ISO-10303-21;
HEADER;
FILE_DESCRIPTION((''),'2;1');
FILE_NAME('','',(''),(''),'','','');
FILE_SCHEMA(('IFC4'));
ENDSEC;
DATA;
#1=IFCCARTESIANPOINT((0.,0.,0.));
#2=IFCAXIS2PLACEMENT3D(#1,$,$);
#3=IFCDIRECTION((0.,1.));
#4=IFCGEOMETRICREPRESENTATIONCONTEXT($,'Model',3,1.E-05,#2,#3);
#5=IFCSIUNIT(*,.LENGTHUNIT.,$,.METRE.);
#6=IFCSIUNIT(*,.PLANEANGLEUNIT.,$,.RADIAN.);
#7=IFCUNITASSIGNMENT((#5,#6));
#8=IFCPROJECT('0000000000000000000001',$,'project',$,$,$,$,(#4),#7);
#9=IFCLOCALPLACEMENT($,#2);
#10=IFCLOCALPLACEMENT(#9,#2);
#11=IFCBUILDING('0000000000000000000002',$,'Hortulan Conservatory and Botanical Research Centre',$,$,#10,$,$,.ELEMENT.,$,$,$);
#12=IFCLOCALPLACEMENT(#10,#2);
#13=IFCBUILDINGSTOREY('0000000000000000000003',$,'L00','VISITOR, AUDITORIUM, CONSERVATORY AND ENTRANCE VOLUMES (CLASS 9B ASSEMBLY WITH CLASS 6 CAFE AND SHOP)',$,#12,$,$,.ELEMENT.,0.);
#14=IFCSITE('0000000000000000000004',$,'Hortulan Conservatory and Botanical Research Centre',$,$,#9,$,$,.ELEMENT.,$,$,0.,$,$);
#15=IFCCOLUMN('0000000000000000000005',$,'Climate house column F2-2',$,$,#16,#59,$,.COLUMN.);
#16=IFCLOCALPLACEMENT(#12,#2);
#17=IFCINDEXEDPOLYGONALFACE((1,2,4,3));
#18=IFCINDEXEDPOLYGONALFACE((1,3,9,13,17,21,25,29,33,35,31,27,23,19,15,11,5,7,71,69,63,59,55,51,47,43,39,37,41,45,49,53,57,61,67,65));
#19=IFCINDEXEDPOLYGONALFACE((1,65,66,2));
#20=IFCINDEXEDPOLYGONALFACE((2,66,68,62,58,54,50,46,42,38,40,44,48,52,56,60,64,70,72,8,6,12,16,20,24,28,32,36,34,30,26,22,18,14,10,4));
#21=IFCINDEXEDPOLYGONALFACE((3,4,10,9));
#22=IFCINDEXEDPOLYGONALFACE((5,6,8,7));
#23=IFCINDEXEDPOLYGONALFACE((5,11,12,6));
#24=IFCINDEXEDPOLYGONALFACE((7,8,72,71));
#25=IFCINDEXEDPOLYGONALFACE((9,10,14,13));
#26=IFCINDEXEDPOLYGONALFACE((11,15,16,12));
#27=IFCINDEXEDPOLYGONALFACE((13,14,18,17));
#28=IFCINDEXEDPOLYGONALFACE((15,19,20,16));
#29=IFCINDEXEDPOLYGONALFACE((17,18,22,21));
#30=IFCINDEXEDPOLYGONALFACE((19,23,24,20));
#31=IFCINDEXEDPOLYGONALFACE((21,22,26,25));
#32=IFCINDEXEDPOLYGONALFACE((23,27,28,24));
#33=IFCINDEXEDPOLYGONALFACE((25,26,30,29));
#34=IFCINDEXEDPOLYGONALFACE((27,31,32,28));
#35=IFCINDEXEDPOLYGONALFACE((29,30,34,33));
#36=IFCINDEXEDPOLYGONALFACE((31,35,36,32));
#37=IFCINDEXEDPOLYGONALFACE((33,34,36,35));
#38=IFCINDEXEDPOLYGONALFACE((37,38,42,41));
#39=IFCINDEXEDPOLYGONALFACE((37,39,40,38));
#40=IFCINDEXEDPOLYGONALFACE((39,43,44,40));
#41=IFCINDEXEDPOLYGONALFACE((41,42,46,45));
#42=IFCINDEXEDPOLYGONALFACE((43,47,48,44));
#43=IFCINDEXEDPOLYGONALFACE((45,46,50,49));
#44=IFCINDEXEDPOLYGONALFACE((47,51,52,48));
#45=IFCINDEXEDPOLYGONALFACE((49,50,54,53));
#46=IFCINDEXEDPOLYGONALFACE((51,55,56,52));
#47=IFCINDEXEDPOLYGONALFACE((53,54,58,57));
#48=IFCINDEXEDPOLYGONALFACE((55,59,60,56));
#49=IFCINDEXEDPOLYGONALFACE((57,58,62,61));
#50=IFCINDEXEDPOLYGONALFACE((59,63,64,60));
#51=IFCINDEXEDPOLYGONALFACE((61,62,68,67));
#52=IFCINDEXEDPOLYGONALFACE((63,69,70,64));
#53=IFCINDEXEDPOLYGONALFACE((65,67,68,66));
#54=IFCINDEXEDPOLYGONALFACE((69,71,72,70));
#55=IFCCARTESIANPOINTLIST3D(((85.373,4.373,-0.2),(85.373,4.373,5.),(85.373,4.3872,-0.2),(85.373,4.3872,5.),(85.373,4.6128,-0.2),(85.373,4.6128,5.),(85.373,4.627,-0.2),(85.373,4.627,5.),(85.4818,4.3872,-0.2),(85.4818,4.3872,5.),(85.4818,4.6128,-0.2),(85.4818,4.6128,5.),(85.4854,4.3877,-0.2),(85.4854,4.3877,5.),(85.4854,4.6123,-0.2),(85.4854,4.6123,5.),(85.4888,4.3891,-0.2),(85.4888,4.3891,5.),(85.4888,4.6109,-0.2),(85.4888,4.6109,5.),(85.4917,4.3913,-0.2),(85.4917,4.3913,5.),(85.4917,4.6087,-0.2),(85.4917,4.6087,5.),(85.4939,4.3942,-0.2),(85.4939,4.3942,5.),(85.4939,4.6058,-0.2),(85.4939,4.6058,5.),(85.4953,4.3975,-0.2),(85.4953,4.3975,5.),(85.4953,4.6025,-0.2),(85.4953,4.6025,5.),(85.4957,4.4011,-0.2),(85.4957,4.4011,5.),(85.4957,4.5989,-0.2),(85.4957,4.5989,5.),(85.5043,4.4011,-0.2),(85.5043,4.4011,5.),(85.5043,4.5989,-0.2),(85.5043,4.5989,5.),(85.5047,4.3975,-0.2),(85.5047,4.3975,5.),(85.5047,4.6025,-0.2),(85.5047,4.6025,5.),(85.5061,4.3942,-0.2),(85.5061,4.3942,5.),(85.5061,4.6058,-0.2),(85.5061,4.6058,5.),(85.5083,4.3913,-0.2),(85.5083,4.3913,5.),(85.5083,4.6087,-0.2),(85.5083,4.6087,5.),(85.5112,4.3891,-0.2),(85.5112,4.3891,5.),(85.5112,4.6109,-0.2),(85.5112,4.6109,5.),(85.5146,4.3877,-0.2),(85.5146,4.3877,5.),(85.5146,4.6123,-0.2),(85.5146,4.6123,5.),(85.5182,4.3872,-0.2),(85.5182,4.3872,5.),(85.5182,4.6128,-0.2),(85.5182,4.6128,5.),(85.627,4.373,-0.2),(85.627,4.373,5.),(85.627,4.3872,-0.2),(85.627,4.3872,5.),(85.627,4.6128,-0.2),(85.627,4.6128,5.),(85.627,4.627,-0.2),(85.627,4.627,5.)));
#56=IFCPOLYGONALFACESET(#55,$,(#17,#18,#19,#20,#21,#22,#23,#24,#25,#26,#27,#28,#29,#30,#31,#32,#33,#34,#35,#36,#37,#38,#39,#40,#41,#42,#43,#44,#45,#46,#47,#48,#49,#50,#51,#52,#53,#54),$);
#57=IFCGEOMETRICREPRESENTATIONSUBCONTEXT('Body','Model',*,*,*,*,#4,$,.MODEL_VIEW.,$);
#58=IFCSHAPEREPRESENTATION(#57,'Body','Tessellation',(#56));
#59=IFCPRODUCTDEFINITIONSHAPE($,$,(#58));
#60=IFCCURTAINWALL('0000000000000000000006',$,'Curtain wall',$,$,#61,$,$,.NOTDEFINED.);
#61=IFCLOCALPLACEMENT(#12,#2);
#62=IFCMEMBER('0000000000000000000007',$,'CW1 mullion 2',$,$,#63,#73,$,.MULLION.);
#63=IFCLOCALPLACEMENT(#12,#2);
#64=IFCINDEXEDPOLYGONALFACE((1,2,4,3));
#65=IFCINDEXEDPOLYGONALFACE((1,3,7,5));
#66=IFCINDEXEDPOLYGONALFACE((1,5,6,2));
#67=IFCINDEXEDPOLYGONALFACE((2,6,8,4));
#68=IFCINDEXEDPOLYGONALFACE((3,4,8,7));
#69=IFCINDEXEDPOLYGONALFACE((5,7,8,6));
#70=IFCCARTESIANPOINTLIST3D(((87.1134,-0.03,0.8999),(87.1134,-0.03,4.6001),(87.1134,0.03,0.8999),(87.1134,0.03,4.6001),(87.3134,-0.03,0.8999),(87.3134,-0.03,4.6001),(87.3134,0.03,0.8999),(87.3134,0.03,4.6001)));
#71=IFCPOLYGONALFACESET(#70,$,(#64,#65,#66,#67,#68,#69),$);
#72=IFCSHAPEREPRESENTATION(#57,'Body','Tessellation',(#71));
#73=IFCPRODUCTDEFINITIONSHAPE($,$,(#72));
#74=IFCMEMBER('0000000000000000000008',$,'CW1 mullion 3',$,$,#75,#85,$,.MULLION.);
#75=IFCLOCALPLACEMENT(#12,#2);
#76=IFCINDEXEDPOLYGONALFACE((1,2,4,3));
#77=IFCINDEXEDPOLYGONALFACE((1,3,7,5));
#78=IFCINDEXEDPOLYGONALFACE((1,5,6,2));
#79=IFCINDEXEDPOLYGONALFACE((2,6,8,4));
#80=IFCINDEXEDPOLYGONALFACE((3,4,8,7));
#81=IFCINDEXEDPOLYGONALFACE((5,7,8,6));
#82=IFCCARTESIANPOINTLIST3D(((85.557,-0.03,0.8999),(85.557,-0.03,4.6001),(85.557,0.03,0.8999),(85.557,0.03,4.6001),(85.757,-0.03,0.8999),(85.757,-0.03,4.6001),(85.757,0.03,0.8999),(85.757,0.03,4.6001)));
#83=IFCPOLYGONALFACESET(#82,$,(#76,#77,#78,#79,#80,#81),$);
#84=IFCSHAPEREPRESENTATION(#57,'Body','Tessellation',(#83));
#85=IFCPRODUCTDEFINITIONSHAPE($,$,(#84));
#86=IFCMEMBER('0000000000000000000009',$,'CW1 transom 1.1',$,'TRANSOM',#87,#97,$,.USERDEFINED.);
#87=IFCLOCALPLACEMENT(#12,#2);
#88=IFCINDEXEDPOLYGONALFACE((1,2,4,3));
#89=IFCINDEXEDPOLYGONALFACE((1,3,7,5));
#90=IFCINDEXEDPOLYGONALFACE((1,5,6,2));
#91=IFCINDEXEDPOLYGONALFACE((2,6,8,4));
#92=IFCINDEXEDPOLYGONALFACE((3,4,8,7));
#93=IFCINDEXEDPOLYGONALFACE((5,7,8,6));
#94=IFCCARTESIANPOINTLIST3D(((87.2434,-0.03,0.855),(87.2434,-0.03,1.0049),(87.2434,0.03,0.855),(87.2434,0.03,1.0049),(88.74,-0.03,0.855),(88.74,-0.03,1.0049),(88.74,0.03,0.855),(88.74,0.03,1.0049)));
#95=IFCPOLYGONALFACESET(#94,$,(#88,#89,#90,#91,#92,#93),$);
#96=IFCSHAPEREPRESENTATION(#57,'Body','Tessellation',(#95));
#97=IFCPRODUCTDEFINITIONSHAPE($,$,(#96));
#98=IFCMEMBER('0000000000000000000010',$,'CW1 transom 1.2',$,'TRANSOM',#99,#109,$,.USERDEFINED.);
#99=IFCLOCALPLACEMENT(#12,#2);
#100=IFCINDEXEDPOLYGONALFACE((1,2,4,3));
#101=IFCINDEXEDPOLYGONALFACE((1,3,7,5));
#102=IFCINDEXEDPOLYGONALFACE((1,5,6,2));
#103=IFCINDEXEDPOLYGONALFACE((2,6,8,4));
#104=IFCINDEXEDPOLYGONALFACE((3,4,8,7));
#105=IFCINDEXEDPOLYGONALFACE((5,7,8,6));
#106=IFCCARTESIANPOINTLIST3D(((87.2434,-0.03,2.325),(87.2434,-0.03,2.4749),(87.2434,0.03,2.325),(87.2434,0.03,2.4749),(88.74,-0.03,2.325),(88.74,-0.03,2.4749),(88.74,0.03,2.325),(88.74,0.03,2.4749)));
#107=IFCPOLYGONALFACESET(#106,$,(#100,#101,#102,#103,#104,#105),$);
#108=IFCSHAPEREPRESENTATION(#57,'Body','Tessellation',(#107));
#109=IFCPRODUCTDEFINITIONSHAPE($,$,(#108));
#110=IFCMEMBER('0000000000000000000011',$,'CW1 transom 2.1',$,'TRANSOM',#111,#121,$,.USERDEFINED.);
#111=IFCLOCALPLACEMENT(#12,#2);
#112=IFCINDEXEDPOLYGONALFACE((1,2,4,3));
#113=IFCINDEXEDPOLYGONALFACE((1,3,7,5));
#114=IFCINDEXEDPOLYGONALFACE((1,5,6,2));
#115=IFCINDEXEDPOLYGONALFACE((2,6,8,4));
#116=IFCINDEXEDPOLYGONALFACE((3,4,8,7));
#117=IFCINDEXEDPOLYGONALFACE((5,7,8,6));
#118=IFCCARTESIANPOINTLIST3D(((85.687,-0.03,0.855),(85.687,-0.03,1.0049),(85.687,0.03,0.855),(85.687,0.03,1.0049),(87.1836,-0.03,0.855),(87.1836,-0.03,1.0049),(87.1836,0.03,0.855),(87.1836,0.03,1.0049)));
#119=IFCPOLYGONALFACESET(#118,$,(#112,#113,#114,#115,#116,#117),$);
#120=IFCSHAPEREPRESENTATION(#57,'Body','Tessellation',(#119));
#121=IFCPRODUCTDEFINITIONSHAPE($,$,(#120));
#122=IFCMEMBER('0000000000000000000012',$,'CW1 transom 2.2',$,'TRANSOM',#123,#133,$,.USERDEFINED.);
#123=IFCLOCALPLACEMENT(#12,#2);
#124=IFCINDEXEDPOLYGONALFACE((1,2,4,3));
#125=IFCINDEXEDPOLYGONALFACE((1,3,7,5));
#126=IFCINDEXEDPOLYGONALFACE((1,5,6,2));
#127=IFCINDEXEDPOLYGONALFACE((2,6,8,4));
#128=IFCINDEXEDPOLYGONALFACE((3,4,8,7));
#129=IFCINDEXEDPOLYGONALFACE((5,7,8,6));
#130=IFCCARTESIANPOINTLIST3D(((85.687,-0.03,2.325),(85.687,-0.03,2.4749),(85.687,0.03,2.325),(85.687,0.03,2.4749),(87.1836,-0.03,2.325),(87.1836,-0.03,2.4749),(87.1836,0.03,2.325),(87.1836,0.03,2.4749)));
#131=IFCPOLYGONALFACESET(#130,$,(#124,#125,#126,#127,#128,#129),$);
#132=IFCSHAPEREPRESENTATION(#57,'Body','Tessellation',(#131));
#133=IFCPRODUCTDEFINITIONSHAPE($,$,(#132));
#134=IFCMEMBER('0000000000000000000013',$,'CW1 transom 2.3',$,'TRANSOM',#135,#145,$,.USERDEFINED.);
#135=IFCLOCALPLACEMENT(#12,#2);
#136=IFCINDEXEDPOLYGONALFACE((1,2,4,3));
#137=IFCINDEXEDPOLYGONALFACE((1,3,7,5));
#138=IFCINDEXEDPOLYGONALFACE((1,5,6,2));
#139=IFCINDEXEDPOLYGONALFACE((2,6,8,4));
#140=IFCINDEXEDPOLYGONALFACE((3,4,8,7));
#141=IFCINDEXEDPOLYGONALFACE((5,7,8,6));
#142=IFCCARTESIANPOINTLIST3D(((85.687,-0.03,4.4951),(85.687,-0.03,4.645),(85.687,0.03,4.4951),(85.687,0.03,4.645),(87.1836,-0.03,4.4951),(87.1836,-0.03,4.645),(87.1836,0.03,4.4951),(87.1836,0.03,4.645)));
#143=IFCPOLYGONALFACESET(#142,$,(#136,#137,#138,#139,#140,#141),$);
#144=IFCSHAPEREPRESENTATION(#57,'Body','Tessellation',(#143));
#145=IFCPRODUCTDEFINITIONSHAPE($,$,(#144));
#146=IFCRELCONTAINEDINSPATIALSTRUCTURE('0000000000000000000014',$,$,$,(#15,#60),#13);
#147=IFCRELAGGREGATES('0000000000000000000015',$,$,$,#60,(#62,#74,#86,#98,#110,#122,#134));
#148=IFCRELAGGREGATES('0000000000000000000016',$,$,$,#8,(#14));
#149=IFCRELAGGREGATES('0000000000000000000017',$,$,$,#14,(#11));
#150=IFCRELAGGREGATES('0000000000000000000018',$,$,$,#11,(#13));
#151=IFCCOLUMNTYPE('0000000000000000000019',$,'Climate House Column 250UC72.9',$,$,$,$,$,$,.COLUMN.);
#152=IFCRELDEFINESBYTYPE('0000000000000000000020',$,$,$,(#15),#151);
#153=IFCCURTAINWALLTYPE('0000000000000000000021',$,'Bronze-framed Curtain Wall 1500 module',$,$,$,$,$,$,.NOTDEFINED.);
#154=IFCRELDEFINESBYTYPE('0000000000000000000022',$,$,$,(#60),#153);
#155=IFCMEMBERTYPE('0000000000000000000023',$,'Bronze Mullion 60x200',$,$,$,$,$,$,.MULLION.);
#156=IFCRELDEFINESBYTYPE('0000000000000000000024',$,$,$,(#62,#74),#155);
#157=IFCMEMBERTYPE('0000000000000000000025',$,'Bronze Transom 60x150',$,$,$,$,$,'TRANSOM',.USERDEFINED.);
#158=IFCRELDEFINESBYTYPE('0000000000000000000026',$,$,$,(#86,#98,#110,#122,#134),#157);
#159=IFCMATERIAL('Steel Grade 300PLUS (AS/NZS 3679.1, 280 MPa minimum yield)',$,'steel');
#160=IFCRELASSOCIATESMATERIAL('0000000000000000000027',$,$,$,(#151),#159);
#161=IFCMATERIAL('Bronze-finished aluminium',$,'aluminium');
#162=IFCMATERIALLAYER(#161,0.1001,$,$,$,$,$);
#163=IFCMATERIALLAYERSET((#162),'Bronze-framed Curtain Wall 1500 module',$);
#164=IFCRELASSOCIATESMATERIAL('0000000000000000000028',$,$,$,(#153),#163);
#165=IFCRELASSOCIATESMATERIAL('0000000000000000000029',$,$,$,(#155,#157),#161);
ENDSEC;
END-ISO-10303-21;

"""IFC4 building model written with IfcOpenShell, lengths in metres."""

from ifc_helpers import new_model, si_unit, direction, frame, origin, origin_2d, place, context, subcontext, project, spatial, rectangle, i_section, extrude, material, layer, layer_set, material_profile, profile_set, type_object, element, aggregate, save


model = new_model("IFC4")

# Units and contexts
model_context = context("Model", 3, precision=1e-05, world=origin(), true_north=direction((0.0, 1.0)))
body_context = subcontext(model_context, "Body", "Model", "MODEL_VIEW")
ifc_project = project(units=[si_unit("LENGTHUNIT", "METRE"), si_unit("PLANEANGLEUNIT", "RADIAN")], contexts=[model_context])

# Site, building, storey
site_placement = place(None, origin())
site = spatial("IfcSite", under=ifc_project, at=site_placement, Name="Hortulan Conservatory and Botanical Research Centre", CompositionType="ELEMENT", RefElevation=0.0)
building_placement = place(site_placement, origin())
building = spatial("IfcBuilding", under=site, at=building_placement, Name="Hortulan Conservatory and Botanical Research Centre", CompositionType="ELEMENT")
storey_placement = place(building_placement, origin())
storey = spatial("IfcBuildingStorey", under=building, at=storey_placement, Name="L00", Description="VISITOR, AUDITORIUM, CONSERVATORY AND ENTRANCE VOLUMES (CLASS 9B ASSEMBLY WITH CLASS 6 CAFE AND SHOP)", CompositionType="ELEMENT", Elevation=0.0)

# Column
ifc_material_1 = material(Name="Steel Grade 300PLUS (AS/NZS 3679.1, 280 MPa minimum yield)", Category="steel")
ifc_material_profile_1 = material_profile(ifc_material_1, i_section(OverallWidth=0.2539, OverallDepth=0.2539, WebThickness=0.0085, FlangeThickness=0.0142, FilletRadius=0.0139, at=origin_2d()), Name="250UC72.9")
ifc_profile_set_1 = profile_set([ifc_material_profile_1], Name="Steel Grade 300PLUS (AS/NZS 3679.1, 280 MPa minimum yield)")
column_type = type_object("IfcColumnType", Name="Climate House Column 250UC72.9", PredefinedType="COLUMN", material=ifc_profile_set_1)
column_placement = place(storey_placement, frame((85.5, 4.5, -0.2), z_axis=(0.0, 0.0, 1.0), x_axis=(1.0, 0.0, 0.0)))
element("IfcColumn", 1, at=column_placement, inside=storey, type_object=column_type, Name="Climate house column F2-2", PredefinedType="COLUMN", context=body_context, shape_type="SweptSolid", body=[
    extrude(i_section(OverallWidth=0.2539, OverallDepth=0.2539, WebThickness=0.0085, FlangeThickness=0.0142, FilletRadius=0.0139, at=origin_2d()), origin(), (0.0, 0.0, 1.0), 5.2),
])

# Curtain wall, members
ifc_material_2 = material(Name="Bronze-finished aluminium", Category="aluminium")
ifc_layer_1 = layer(ifc_material_2, 0.1001)
ifc_layer_set_1 = layer_set([ifc_layer_1], Name="Bronze-framed Curtain Wall 1500 module")
curtain_wall_type = type_object("IfcCurtainWallType", Name="Bronze-framed Curtain Wall 1500 module", PredefinedType="NOTDEFINED", material=ifc_layer_set_1)
curtain_wall_placement = place(storey_placement, origin())
curtain_wall = element("IfcCurtainWall", 2, at=curtain_wall_placement, inside=storey, type_object=curtain_wall_type, Name="Curtain wall", PredefinedType="NOTDEFINED")
ifc_material_profile_2 = material_profile(ifc_material_2, rectangle(XDim=0.0601, YDim=0.2, at=origin_2d()), Name="Bronze Mullion 60x200")
ifc_profile_set_2 = profile_set([ifc_material_profile_2], Name="Bronze-finished aluminium")
member_type_1 = type_object("IfcMemberType", Name="Bronze Mullion 60x200", PredefinedType="MULLION", material=ifc_profile_set_2)
member_1_placement = place(storey_placement, frame((87.2134, 0.0, 0.8999), z_axis=(0.0, 0.0, 1.0), x_axis=(0.0, -1.0, 0.0)))
member_1 = element("IfcMember", 3, at=member_1_placement, type_object=member_type_1, Name="CW1 mullion 2", PredefinedType="MULLION", context=body_context, shape_type="SweptSolid", body=[
    extrude(rectangle(XDim=0.0601, YDim=0.2, at=origin_2d()), origin(), (0.0, 0.0, 1.0), 3.7002),
])
member_2_placement = place(storey_placement, frame((85.657, 0.0, 0.8999), z_axis=(0.0, 0.0, 1.0), x_axis=(0.0, -1.0, 0.0)))
member_2 = element("IfcMember", 4, at=member_2_placement, type_object=member_type_1, Name="CW1 mullion 3", PredefinedType="MULLION", context=body_context, shape_type="SweptSolid", body=[
    extrude(rectangle(XDim=0.0601, YDim=0.2, at=origin_2d()), origin(), (0.0, 0.0, 1.0), 3.7002),
])
ifc_material_profile_3 = material_profile(ifc_material_2, rectangle(XDim=0.0601, YDim=0.1499, at=origin_2d()), Name="Bronze Transom 60x150")
ifc_profile_set_3 = profile_set([ifc_material_profile_3], Name="Bronze-finished aluminium")
member_type_2 = type_object("IfcMemberType", Name="Bronze Transom 60x150", ElementType="TRANSOM", PredefinedType="USERDEFINED", material=ifc_profile_set_3)
member_3_placement = place(storey_placement, frame((88.74, 0.0, 0.9299), z_axis=(-1.0, 0.0, 0.0), x_axis=(0.0, -1.0, 0.0)))
member_3 = element("IfcMember", 5, at=member_3_placement, type_object=member_type_2, Name="CW1 transom 1.1", ObjectType="TRANSOM", PredefinedType="USERDEFINED", context=body_context, shape_type="SweptSolid", body=[
    extrude(rectangle(XDim=0.0601, YDim=0.1499, at=origin_2d()), origin(), (0.0, 0.0, 1.0), 1.4966),
])
member_4_placement = place(storey_placement, frame((88.74, 0.0, 2.3999), z_axis=(-1.0, 0.0, 0.0), x_axis=(0.0, -1.0, 0.0)))
member_4 = element("IfcMember", 6, at=member_4_placement, type_object=member_type_2, Name="CW1 transom 1.2", ObjectType="TRANSOM", PredefinedType="USERDEFINED", context=body_context, shape_type="SweptSolid", body=[
    extrude(rectangle(XDim=0.0601, YDim=0.1499, at=origin_2d()), origin(), (0.0, 0.0, 1.0), 1.4966),
])
member_5_placement = place(storey_placement, frame((87.1836, 0.0, 0.9299), z_axis=(-1.0, 0.0, 0.0), x_axis=(0.0, -1.0, 0.0)))
member_5 = element("IfcMember", 7, at=member_5_placement, type_object=member_type_2, Name="CW1 transom 2.1", ObjectType="TRANSOM", PredefinedType="USERDEFINED", context=body_context, shape_type="SweptSolid", body=[
    extrude(rectangle(XDim=0.0601, YDim=0.1499, at=origin_2d()), origin(), (0.0, 0.0, 1.0), 1.4966),
])
member_6_placement = place(storey_placement, frame((87.1836, 0.0, 2.3999), z_axis=(-1.0, 0.0, 0.0), x_axis=(0.0, -1.0, 0.0)))
member_6 = element("IfcMember", 8, at=member_6_placement, type_object=member_type_2, Name="CW1 transom 2.2", ObjectType="TRANSOM", PredefinedType="USERDEFINED", context=body_context, shape_type="SweptSolid", body=[
    extrude(rectangle(XDim=0.0601, YDim=0.1499, at=origin_2d()), origin(), (0.0, 0.0, 1.0), 1.4966),
])
member_7_placement = place(storey_placement, frame((87.1836, 0.0, 4.5701), z_axis=(-1.0, 0.0, 0.0), x_axis=(0.0, -1.0, 0.0)))
member_7 = element("IfcMember", 9, at=member_7_placement, type_object=member_type_2, Name="CW1 transom 2.3", ObjectType="TRANSOM", PredefinedType="USERDEFINED", context=body_context, shape_type="SweptSolid", body=[
    extrude(rectangle(XDim=0.0601, YDim=0.1499, at=origin_2d()), origin(), (0.0, 0.0, 1.0), 1.4966),
])

aggregate(curtain_wall, [member_1, member_2, member_3, member_4, member_5, member_6, member_7])

save(model, "model.ifc")
